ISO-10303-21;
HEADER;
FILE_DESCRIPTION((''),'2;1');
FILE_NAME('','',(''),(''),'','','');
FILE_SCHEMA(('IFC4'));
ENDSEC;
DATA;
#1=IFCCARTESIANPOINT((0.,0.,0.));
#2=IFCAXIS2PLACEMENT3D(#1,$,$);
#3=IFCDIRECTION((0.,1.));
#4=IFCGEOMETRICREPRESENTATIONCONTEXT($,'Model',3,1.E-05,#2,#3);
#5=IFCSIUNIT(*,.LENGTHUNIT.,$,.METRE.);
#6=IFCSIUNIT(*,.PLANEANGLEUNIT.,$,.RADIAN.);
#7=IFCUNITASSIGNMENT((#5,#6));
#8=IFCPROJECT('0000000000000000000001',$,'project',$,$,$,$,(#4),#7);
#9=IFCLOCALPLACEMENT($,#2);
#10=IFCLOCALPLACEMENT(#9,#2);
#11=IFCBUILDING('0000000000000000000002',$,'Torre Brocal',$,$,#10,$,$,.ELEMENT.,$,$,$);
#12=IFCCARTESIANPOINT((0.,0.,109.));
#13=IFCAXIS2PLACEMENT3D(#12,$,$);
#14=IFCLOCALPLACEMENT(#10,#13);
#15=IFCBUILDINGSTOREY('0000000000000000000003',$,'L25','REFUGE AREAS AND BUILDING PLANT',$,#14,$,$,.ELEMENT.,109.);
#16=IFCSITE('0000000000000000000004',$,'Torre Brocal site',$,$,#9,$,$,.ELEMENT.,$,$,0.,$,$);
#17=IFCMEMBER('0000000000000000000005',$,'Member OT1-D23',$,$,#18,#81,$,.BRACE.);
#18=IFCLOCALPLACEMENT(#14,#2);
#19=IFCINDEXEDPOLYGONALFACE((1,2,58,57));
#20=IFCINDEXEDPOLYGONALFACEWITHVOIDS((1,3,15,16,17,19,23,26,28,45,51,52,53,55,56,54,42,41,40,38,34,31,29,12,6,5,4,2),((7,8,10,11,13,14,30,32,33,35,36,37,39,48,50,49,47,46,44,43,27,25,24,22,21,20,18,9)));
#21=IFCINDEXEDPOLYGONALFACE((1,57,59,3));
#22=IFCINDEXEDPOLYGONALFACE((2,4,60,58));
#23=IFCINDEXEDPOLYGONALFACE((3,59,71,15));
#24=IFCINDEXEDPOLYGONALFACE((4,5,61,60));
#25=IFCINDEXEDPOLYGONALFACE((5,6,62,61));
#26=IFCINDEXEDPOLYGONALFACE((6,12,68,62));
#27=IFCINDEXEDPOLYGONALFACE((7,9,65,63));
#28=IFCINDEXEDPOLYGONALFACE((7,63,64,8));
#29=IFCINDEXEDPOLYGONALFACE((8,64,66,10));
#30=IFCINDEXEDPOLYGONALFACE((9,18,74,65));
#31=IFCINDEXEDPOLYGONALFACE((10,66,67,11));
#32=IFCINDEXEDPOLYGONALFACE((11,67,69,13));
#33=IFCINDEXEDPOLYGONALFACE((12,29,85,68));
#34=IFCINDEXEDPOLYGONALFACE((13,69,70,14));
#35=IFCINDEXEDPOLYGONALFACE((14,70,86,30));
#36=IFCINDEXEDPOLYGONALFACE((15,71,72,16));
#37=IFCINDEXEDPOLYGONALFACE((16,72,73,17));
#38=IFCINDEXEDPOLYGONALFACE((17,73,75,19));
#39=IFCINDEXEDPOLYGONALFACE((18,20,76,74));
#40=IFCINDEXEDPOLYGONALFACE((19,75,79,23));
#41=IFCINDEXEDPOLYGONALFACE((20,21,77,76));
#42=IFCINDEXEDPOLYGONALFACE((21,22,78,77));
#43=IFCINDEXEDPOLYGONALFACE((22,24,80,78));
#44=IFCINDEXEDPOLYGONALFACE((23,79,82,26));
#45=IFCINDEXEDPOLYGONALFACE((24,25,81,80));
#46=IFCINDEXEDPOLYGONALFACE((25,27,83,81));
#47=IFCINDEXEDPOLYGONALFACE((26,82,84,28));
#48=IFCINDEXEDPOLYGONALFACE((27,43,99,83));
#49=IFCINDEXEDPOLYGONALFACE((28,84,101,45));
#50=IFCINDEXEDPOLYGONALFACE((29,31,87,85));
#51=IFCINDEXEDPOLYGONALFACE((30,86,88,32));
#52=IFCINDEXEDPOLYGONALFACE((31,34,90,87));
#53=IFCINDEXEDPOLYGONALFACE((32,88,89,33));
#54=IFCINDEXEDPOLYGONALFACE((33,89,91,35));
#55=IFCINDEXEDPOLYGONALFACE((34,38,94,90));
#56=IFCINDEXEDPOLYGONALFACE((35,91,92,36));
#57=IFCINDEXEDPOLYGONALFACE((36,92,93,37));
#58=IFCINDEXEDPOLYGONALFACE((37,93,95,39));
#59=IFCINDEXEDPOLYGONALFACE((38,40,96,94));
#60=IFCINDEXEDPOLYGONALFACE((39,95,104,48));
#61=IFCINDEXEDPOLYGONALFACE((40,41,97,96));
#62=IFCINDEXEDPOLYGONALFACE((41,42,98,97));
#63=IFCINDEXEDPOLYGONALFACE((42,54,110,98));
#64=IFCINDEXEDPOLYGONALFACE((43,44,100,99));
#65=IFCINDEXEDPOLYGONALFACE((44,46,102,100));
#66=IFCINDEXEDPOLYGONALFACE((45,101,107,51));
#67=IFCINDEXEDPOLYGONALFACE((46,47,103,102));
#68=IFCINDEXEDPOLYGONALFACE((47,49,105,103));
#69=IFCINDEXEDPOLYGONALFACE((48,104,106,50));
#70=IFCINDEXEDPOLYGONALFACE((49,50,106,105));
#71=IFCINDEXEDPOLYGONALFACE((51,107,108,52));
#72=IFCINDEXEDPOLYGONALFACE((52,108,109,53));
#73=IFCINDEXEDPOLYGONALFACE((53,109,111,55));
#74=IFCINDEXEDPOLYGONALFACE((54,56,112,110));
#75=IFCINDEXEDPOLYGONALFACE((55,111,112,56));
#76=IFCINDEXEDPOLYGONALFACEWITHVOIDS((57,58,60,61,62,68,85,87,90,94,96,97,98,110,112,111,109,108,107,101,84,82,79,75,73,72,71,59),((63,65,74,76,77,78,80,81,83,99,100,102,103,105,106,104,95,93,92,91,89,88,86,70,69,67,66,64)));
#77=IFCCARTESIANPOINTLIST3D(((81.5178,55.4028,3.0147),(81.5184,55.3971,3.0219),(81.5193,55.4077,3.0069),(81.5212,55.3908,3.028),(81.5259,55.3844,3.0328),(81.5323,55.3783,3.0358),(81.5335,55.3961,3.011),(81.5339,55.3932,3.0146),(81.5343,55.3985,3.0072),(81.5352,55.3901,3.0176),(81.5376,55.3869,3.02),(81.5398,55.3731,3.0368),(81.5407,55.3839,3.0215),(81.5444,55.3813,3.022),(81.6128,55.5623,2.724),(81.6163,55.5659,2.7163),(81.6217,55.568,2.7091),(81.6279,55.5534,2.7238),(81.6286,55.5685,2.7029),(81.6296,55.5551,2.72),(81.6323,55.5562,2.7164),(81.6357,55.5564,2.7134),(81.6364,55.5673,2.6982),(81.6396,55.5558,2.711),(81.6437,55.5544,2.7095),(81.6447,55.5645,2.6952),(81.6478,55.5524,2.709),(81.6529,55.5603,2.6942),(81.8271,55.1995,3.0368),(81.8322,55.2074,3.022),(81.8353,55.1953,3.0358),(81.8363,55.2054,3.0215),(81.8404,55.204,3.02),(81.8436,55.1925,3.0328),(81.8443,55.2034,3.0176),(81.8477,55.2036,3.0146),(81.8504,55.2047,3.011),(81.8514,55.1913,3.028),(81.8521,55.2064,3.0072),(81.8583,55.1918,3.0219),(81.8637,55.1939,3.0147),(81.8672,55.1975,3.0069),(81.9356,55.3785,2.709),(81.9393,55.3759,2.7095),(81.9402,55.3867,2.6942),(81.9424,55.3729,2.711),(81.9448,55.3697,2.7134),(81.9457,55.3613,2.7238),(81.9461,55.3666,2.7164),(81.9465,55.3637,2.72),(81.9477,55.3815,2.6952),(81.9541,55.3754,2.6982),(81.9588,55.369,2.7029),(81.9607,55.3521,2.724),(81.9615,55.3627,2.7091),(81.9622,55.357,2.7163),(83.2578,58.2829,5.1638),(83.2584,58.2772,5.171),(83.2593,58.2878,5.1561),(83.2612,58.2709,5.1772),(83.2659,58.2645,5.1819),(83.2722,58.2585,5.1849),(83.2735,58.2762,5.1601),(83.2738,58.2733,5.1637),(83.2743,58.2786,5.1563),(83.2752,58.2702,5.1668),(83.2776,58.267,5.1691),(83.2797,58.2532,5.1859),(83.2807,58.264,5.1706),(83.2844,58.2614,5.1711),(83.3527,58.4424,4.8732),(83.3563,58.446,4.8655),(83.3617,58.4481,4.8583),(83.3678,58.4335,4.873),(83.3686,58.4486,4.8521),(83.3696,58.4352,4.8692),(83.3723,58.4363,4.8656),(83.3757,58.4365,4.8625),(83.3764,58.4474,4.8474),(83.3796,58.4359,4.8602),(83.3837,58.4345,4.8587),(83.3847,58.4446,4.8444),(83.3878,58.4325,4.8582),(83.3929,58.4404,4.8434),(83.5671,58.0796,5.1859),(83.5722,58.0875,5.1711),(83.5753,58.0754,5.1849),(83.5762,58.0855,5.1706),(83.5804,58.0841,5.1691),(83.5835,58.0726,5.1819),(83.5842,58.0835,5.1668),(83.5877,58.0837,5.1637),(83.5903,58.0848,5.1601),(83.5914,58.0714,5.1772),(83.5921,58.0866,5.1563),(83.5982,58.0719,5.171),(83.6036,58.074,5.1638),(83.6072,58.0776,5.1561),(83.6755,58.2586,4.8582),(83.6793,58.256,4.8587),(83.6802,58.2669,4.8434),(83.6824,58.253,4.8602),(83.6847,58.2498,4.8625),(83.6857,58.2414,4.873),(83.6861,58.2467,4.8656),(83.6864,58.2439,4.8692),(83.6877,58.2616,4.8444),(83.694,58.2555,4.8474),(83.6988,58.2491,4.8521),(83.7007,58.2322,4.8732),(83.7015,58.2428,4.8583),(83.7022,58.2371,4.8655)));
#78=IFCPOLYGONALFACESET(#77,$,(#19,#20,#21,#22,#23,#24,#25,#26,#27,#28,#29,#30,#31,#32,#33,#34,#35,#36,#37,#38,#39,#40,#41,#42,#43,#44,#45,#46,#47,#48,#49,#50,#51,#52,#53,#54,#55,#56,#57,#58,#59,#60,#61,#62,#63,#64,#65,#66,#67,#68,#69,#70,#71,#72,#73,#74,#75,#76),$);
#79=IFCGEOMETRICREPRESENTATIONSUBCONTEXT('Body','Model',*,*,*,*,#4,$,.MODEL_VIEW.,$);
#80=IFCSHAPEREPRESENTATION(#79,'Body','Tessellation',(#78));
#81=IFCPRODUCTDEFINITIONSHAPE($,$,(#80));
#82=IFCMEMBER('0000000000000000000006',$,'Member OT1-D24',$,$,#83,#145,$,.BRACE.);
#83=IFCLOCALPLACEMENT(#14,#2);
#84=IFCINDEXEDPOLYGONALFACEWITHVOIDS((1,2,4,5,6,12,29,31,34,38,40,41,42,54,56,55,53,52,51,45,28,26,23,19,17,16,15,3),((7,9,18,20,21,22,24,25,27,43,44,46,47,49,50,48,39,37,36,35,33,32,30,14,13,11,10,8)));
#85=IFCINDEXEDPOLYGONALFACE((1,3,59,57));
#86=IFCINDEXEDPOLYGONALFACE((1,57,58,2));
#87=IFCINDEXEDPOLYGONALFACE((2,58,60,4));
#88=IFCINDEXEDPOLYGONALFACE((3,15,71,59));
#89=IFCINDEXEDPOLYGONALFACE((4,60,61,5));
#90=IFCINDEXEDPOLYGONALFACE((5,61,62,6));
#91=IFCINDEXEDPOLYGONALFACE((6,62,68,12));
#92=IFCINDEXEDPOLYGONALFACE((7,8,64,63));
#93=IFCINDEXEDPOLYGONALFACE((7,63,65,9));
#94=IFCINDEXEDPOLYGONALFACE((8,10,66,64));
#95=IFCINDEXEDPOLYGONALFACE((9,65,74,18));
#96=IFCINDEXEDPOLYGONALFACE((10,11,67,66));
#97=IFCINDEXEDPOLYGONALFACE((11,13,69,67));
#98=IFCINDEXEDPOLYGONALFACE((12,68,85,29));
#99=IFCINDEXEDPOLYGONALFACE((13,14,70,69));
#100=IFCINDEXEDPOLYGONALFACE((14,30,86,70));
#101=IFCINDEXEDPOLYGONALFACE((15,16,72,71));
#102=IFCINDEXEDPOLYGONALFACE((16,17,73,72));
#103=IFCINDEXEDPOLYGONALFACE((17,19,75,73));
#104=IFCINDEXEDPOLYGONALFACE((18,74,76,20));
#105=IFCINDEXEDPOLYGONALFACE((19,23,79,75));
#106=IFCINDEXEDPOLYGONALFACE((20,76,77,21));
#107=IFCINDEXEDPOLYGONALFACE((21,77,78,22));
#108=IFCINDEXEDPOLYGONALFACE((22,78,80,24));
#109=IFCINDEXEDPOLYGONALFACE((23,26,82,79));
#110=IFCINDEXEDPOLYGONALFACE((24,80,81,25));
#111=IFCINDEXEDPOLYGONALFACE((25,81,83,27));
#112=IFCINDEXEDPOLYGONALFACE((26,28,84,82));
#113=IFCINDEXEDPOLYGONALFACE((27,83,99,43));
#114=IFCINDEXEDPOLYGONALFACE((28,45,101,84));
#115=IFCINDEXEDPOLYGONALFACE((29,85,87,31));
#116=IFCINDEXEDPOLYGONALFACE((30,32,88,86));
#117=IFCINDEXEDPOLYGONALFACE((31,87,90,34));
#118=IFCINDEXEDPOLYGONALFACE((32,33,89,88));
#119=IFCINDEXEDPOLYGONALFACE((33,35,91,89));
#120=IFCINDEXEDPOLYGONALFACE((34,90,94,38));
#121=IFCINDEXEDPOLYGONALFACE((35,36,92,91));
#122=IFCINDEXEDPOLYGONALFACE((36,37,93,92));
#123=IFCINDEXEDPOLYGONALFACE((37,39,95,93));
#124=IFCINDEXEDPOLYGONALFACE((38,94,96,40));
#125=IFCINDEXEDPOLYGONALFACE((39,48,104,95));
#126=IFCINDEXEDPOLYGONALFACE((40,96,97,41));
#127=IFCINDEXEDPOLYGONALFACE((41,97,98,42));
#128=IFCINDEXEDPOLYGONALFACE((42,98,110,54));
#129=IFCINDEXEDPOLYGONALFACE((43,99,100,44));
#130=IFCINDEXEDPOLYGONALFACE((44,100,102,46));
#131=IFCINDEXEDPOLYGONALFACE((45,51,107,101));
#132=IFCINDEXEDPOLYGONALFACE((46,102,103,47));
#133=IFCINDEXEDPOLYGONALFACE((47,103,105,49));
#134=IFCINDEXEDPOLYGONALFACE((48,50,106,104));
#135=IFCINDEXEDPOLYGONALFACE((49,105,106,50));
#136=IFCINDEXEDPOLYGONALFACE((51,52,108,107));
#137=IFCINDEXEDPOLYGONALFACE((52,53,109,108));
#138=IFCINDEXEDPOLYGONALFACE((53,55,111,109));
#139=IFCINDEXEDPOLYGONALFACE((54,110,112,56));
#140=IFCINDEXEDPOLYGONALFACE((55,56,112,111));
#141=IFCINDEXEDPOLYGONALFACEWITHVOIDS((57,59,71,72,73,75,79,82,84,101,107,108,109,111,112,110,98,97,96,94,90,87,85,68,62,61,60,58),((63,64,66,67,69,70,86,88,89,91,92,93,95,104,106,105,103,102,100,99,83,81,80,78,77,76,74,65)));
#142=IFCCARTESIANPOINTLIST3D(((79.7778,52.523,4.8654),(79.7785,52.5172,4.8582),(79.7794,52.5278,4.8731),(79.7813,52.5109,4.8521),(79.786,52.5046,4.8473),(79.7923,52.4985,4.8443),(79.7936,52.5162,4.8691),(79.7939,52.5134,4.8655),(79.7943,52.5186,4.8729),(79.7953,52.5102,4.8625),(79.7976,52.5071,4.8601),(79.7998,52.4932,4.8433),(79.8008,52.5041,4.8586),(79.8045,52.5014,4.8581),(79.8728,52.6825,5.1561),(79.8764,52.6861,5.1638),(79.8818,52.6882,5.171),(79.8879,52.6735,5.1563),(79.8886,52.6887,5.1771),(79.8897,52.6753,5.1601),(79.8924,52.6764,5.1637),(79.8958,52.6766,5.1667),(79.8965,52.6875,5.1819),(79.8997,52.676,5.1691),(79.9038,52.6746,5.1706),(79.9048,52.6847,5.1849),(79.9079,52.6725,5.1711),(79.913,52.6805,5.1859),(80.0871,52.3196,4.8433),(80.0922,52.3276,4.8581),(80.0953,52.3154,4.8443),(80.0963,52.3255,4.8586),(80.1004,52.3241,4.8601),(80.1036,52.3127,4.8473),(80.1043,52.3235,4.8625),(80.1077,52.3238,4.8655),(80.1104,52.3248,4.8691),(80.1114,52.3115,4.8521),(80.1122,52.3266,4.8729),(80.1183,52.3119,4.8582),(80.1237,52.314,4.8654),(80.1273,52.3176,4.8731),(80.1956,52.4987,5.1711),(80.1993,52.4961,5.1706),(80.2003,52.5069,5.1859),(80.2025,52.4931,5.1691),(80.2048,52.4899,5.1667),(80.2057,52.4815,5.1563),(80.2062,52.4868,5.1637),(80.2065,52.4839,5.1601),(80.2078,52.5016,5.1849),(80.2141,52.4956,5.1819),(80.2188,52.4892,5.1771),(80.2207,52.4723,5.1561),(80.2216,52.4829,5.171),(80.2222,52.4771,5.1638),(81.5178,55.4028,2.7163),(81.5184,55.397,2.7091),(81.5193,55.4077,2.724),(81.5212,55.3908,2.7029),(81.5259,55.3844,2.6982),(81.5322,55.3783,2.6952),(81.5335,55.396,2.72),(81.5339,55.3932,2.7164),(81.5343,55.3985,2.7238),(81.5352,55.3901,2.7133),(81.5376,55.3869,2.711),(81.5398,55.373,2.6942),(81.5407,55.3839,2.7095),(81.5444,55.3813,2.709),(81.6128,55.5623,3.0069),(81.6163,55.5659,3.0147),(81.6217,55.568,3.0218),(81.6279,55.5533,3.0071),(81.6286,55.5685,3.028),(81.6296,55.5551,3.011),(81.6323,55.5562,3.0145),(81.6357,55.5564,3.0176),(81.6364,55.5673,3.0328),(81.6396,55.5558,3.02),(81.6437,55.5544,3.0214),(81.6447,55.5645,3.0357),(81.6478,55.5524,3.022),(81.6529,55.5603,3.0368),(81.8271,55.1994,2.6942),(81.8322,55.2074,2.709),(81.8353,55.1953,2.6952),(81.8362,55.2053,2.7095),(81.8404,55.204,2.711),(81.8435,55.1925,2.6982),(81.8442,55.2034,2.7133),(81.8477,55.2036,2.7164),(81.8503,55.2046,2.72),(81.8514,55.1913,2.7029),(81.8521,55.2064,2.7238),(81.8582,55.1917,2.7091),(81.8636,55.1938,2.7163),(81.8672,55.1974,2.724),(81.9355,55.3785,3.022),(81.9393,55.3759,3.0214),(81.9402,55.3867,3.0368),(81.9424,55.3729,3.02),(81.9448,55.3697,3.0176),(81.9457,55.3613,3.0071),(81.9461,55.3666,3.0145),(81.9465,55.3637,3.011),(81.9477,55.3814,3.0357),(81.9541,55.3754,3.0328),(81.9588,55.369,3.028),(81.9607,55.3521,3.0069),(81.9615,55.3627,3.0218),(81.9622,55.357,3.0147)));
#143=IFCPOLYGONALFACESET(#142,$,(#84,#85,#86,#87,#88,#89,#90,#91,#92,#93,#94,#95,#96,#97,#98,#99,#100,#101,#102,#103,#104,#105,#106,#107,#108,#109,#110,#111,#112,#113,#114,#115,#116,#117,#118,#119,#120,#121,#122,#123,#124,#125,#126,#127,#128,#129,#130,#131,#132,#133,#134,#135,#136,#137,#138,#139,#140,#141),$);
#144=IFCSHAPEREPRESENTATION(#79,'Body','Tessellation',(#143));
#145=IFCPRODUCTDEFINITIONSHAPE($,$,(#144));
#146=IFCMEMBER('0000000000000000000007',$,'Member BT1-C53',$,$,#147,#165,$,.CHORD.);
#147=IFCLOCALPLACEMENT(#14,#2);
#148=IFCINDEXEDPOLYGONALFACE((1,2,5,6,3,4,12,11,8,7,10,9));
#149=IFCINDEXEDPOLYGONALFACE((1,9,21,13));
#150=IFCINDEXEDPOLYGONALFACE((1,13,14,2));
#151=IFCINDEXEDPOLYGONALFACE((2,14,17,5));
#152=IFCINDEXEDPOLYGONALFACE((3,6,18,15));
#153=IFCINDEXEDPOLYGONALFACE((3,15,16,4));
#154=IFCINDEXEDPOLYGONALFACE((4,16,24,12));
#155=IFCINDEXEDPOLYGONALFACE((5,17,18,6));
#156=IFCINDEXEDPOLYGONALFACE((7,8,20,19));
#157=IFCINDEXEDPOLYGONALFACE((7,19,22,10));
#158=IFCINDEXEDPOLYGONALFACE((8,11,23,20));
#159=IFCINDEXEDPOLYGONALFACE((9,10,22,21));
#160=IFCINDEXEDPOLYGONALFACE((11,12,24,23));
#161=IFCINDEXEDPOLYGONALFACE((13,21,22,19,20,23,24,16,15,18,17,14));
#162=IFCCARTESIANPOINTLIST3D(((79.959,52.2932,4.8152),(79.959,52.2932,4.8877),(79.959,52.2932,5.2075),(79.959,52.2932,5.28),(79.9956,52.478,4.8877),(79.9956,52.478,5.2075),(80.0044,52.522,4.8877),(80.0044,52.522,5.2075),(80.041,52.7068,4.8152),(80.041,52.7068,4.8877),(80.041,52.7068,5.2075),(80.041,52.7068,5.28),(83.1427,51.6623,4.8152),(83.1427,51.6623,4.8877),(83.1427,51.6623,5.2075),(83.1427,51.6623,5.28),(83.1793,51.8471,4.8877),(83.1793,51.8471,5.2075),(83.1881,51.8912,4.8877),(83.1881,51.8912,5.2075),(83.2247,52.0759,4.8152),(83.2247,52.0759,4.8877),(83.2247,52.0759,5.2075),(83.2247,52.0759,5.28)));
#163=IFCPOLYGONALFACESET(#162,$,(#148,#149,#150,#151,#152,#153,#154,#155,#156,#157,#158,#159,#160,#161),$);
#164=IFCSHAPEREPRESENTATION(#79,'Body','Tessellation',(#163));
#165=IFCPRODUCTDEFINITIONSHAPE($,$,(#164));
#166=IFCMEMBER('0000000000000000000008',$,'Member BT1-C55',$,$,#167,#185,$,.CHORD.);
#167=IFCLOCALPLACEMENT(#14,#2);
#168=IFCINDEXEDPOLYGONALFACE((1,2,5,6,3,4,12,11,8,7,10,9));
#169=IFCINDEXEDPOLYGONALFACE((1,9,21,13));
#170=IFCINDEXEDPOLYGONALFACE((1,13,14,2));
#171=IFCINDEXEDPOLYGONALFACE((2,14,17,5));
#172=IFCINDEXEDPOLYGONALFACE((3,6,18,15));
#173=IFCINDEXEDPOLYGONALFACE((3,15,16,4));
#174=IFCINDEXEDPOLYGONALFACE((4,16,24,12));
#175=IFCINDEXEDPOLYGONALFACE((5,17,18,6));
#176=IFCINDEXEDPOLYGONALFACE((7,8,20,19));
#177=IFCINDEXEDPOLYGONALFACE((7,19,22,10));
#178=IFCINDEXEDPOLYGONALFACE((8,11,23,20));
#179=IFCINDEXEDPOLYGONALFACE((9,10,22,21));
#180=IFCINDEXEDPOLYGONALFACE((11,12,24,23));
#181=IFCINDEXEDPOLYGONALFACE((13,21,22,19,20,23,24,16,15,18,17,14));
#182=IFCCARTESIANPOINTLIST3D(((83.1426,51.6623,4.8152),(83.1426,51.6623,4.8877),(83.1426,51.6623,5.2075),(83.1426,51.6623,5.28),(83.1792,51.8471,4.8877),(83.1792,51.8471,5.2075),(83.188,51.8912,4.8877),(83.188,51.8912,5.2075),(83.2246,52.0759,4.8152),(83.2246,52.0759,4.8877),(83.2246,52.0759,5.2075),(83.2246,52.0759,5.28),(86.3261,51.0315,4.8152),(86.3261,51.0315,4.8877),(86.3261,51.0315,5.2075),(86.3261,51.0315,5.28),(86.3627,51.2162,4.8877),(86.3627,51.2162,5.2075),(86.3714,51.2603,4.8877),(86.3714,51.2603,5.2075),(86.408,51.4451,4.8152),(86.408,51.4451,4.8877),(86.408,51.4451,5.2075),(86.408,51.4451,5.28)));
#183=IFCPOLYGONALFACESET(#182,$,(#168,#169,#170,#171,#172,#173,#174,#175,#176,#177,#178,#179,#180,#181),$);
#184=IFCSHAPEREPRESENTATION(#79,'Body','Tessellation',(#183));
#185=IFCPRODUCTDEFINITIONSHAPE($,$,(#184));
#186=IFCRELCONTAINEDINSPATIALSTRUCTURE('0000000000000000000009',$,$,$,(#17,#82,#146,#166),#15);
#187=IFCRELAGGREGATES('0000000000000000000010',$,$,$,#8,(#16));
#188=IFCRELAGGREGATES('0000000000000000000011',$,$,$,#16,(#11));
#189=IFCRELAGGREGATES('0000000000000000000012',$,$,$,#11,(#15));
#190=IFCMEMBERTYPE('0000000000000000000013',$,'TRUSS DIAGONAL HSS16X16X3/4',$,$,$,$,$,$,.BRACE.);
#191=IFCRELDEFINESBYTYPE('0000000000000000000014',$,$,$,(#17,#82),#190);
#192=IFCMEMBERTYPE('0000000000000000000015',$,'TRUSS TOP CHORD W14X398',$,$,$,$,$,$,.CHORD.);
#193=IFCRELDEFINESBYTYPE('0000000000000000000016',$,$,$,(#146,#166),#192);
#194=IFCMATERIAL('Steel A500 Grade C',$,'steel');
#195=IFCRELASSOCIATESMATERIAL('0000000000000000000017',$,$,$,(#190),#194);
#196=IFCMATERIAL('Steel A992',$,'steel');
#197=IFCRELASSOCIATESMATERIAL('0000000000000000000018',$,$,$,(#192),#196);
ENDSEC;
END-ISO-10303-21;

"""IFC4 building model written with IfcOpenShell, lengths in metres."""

from ifc_helpers import new_model, si_unit, direction, frame, origin, origin_2d, place, context, subcontext, project, spatial, hollow_rectangle, i_section, extrude, material, material_profile, profile_set, type_object, element, save


model = new_model("IFC4")

# Units and contexts
model_context = context("Model", 3, precision=1e-05, world=origin(), true_north=direction((0.0, 1.0)))
body_context = subcontext(model_context, "Body", "Model", "MODEL_VIEW")
ifc_project = project(units=[si_unit("LENGTHUNIT", "METRE"), si_unit("PLANEANGLEUNIT", "RADIAN")], contexts=[model_context])

# Site, building, storey
site_placement = place(None, origin())
site = spatial("IfcSite", under=ifc_project, at=site_placement, Name="Torre Brocal site", CompositionType="ELEMENT", RefElevation=0.0)
building_placement = place(site_placement, origin())
building = spatial("IfcBuilding", under=site, at=building_placement, Name="Torre Brocal", CompositionType="ELEMENT")
storey_placement = place(building_placement, frame((0.0, 0.0, 109.0)))
storey = spatial("IfcBuildingStorey", under=building, at=storey_placement, Name="L25", Description="REFUGE AREAS AND BUILDING PLANT", CompositionType="ELEMENT", Elevation=109.0)

# Members
ifc_material_1 = material(Name="Steel A500 Grade C", Category="steel")
ifc_material_profile_1 = material_profile(ifc_material_1, hollow_rectangle(XDim=0.4065, YDim=0.4065, WallThickness=0.0176, InnerFilletRadius=0.0176, OuterFilletRadius=0.0354, at=origin_2d()), Name="HSS16X16X3/4")
ifc_profile_set_1 = profile_set([ifc_material_profile_1], Name="Steel A500 Grade C")
member_type_1 = type_object("IfcMemberType", Name="TRUSS DIAGONAL HSS16X16X3/4", PredefinedType="BRACE", material=ifc_profile_set_1)
member_1_placement = place(storey_placement, frame((83.48, 58.26, 5.0146), z_axis=(-0.435793, -0.721349, -0.538275), x_axis=(0.855927, -0.517097, 0.0)))
element("IfcMember", 1, at=member_1_placement, inside=storey, type_object=member_type_1, Name="Member OT1-D23", PredefinedType="BRACE", context=body_context, shape_type="SweptSolid", body=[
    extrude(hollow_rectangle(XDim=0.4065, YDim=0.4065, WallThickness=0.0176, InnerFilletRadius=0.0176, OuterFilletRadius=0.0354, at=origin_2d()), origin(), (0.0, 0.0, 1.0), 3.9927),
])
member_2_placement = place(storey_placement, frame((81.74, 55.3799, 2.8655), z_axis=(-0.435812, -0.721319, 0.538299), x_axis=(0.855908, -0.517129, 0.0)))
element("IfcMember", 2, at=member_2_placement, inside=storey, type_object=member_type_1, Name="Member OT1-D24", PredefinedType="BRACE", context=body_context, shape_type="SweptSolid", body=[
    extrude(hollow_rectangle(XDim=0.4065, YDim=0.4065, WallThickness=0.0176, InnerFilletRadius=0.0176, OuterFilletRadius=0.0354, at=origin_2d()), origin(), (0.0, 0.0, 1.0), 3.9924),
])
ifc_material_2 = material(Name="Steel A992", Category="steel")
ifc_material_profile_2 = material_profile(ifc_material_2, i_section(OverallWidth=0.4216, OverallDepth=0.4648, WebThickness=0.0449, FlangeThickness=0.0725, at=origin_2d()), Name="W14X398")
ifc_profile_set_2 = profile_set([ifc_material_profile_2], Name="Steel A992")
member_type_2 = type_object("IfcMemberType", Name="TRUSS TOP CHORD W14X398", PredefinedType="CHORD", material=ifc_profile_set_2)
member_3_placement = place(storey_placement, frame((80.0, 52.5, 5.0476), z_axis=(0.980926, -0.19438, 0.0), x_axis=(0.19438, 0.980926, 0.0)))
element("IfcMember", 3, at=member_3_placement, inside=storey, type_object=member_type_2, Name="Member BT1-C53", PredefinedType="CHORD", context=body_context, shape_type="SweptSolid", body=[
    extrude(i_section(OverallWidth=0.4216, OverallDepth=0.4648, WebThickness=0.0449, FlangeThickness=0.0725, at=origin_2d()), origin(), (0.0, 0.0, 1.0), 3.2456),
])
member_4_placement = place(storey_placement, frame((83.1836, 51.8691, 5.0476), z_axis=(0.980923, -0.194394, 0.0), x_axis=(0.194394, 0.980923, 0.0)))
element("IfcMember", 4, at=member_4_placement, inside=storey, type_object=member_type_2, Name="Member BT1-C55", PredefinedType="CHORD", context=body_context, shape_type="SweptSolid", body=[
    extrude(i_section(OverallWidth=0.4216, OverallDepth=0.4648, WebThickness=0.0449, FlangeThickness=0.0725, at=origin_2d()), origin(), (0.0, 0.0, 1.0), 3.2454),
])

save(model, "model.ifc")
